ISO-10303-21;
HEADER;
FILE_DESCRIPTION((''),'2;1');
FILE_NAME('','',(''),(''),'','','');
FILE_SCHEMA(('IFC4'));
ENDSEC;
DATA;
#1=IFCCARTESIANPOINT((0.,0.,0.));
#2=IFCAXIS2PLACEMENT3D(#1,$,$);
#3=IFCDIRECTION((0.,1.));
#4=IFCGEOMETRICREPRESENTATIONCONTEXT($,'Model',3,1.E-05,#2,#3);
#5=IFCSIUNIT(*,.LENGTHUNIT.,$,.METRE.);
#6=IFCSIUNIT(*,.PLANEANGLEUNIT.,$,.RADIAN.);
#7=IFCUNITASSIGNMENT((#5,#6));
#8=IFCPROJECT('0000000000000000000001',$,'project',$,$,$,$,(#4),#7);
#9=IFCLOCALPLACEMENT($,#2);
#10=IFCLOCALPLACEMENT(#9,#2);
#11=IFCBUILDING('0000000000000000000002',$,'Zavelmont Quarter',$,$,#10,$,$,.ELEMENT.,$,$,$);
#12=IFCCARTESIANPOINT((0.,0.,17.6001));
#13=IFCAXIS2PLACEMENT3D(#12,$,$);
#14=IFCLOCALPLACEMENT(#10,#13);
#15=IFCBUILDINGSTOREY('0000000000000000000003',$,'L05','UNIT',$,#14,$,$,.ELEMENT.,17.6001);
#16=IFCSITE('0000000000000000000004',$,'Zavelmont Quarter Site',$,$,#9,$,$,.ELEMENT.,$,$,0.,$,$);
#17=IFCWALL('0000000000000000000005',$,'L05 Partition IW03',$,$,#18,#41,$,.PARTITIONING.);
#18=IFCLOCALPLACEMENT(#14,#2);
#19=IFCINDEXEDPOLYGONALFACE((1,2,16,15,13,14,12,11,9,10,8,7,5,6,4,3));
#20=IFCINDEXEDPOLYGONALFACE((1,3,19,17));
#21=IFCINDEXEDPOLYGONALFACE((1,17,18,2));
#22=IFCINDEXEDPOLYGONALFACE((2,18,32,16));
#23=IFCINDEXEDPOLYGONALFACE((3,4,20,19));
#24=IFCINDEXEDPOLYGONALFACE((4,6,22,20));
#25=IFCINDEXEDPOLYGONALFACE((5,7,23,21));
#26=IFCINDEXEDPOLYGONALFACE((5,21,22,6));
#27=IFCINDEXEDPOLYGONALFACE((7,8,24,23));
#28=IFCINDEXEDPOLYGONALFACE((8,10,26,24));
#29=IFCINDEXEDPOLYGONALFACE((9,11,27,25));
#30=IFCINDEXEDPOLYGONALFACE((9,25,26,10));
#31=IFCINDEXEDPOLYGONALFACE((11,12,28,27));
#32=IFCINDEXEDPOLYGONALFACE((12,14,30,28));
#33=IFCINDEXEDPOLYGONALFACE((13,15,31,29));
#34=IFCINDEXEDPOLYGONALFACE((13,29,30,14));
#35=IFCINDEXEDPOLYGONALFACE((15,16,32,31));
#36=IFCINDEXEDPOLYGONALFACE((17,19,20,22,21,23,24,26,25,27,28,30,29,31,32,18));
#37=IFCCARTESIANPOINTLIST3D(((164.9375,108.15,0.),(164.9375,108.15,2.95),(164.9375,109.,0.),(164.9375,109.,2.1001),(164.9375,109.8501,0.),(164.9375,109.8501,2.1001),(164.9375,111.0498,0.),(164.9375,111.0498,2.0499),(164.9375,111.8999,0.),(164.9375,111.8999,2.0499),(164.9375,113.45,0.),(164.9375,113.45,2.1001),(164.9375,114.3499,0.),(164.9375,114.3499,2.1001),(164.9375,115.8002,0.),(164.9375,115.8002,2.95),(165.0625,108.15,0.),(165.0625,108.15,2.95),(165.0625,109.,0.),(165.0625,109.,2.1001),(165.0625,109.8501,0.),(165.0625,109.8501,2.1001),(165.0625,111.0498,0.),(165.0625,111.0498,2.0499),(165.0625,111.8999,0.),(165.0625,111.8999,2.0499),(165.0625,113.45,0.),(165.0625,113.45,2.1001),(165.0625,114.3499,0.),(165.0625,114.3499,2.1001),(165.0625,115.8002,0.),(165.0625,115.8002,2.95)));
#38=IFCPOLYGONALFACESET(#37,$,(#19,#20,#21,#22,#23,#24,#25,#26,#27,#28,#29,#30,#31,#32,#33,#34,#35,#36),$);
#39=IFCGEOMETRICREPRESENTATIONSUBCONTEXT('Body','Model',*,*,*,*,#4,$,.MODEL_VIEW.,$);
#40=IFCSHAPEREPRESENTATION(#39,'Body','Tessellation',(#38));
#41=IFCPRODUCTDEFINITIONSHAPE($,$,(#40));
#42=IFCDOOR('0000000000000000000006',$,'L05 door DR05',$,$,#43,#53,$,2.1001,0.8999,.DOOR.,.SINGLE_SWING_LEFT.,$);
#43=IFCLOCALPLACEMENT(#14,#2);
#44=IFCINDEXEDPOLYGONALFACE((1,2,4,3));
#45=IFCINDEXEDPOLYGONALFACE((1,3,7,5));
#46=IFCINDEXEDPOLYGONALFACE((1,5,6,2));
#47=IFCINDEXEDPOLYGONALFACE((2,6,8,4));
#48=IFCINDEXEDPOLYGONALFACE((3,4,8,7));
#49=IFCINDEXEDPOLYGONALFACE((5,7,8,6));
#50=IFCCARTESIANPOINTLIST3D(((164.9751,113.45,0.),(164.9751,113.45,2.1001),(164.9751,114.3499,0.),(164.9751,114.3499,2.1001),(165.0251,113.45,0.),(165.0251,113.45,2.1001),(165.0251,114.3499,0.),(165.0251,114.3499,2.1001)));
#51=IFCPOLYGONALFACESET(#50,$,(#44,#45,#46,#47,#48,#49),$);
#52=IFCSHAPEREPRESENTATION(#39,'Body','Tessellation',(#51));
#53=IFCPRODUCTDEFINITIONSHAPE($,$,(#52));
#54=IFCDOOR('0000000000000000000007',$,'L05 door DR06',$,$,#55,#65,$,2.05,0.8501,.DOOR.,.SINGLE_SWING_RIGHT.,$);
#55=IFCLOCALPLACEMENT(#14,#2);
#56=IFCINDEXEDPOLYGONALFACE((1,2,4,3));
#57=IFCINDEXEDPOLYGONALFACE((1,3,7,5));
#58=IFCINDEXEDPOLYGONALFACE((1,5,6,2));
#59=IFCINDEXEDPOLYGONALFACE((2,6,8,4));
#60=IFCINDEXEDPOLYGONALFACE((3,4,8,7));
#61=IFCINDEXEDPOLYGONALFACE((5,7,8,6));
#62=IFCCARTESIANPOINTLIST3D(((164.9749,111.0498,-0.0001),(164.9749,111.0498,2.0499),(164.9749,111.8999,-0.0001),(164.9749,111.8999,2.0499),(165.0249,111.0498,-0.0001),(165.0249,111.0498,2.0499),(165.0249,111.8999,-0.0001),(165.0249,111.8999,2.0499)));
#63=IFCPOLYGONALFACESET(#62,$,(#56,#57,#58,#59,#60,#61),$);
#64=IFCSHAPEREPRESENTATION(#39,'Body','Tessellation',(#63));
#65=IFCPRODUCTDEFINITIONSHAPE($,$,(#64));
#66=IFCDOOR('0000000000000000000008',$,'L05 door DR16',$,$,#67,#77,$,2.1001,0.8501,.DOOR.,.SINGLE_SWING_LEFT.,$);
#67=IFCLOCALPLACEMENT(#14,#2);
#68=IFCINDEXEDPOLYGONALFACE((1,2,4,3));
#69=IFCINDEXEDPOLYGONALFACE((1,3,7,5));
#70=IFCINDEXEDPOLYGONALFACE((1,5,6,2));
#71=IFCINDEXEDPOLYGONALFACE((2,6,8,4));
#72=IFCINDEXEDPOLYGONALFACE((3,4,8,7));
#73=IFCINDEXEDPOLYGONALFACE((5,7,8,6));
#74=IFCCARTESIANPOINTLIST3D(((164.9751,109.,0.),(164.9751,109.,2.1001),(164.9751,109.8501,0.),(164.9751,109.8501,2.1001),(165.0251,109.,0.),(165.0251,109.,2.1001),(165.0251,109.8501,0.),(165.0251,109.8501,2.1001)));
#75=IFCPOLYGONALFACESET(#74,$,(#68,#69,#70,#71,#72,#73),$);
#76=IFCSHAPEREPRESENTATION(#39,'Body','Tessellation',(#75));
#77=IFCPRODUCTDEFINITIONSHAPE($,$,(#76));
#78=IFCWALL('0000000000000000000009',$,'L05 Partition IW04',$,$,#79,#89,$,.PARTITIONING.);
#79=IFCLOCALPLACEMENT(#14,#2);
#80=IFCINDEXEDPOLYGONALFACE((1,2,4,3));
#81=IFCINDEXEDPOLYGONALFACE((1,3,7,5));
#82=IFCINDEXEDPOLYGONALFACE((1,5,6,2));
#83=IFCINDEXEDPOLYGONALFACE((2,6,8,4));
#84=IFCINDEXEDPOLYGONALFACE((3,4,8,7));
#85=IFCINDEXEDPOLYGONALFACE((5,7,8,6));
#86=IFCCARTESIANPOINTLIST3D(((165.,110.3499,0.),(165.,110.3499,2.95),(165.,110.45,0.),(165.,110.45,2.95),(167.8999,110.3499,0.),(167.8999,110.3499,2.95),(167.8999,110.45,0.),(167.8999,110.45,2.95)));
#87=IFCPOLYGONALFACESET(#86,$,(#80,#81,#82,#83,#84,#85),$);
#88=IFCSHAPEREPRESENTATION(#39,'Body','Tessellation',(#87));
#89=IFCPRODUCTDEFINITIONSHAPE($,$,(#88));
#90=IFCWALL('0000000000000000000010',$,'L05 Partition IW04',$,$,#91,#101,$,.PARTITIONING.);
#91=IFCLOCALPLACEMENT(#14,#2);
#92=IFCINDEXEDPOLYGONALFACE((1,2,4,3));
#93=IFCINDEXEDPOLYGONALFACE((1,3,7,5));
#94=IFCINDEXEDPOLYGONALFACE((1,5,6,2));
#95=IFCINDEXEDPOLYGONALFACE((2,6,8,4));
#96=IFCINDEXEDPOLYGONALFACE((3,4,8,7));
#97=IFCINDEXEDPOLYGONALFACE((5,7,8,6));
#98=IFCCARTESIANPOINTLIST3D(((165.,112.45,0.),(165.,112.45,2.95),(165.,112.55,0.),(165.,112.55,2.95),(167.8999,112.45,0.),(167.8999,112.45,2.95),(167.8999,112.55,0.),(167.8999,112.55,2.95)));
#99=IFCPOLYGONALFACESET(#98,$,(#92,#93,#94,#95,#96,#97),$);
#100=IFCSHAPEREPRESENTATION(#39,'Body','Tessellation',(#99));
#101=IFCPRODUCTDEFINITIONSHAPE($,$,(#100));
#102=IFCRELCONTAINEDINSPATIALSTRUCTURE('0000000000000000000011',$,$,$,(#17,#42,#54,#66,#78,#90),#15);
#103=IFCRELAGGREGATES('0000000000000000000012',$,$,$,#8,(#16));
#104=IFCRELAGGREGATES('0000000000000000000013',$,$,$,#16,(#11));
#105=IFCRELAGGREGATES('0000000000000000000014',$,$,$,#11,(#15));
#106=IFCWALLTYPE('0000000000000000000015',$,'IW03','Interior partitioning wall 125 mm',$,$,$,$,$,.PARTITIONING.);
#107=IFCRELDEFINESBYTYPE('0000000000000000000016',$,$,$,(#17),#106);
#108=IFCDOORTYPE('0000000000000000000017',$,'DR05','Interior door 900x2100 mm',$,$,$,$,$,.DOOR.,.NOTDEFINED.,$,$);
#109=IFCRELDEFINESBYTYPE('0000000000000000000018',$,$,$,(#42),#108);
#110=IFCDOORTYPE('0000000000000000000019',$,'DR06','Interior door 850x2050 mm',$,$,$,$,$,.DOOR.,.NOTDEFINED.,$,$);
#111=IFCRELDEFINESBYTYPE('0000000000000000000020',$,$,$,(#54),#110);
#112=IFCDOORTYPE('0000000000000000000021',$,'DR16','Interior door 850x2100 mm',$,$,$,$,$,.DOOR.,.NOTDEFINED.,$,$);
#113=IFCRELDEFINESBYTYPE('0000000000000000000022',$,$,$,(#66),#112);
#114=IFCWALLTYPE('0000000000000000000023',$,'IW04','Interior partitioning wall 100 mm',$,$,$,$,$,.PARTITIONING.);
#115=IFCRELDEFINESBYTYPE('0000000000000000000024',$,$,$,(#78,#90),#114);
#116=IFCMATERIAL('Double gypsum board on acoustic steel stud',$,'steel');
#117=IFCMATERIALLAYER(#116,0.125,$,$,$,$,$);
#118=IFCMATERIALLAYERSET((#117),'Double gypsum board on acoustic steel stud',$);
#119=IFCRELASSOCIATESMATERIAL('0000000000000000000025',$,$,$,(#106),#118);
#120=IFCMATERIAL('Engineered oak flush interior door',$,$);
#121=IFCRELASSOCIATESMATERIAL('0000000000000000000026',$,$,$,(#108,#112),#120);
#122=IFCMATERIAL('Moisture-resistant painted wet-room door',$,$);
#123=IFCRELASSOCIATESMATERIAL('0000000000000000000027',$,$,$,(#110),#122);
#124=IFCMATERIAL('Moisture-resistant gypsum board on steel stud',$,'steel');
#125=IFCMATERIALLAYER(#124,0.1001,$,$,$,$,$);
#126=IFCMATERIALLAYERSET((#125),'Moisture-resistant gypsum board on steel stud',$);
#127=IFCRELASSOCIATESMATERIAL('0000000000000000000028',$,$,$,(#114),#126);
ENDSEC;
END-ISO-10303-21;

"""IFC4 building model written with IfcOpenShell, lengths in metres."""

from ifc_helpers import new_model, si_unit, direction, frame, frame_2d, origin, origin_with_axes, place, context, subcontext, project, spatial, rectangle, extrude, material, layer, layer_set, type_object, element, fill, save


model = new_model("IFC4")

# Units and contexts
model_context = context("Model", 3, precision=1e-05, world=origin(), true_north=direction((0.0, 1.0)))
body_context = subcontext(model_context, "Body", "Model", "MODEL_VIEW")
ifc_project = project(units=[si_unit("LENGTHUNIT", "METRE"), si_unit("PLANEANGLEUNIT", "RADIAN")], contexts=[model_context])

# Site, building, storey
site_placement = place(None, origin())
site = spatial("IfcSite", under=ifc_project, at=site_placement, Name="Zavelmont Quarter Site", CompositionType="ELEMENT", RefElevation=0.0)
building_placement = place(site_placement, origin())
building = spatial("IfcBuilding", under=site, at=building_placement, Name="Zavelmont Quarter", CompositionType="ELEMENT")
storey_placement = place(building_placement, frame((0.0, 0.0, 17.6001)))
storey = spatial("IfcBuildingStorey", under=building, at=storey_placement, Name="L05", Description="UNIT", CompositionType="ELEMENT", Elevation=17.6001)

# Wall, openings, doors
ifc_material_1 = material(Name="Double gypsum board on acoustic steel stud", Category="steel")
ifc_layer_1 = layer(ifc_material_1, 0.125)
ifc_layer_set_1 = layer_set([ifc_layer_1], Name="Double gypsum board on acoustic steel stud")
wall_type_1 = type_object("IfcWallType", Name="IW03", Description="Interior partitioning wall 125 mm", PredefinedType="PARTITIONING", material=ifc_layer_set_1)
wall_1_placement = place(storey_placement, frame((165.0, 108.1499, 0.0), z_axis=(0.0, 0.0, 1.0), x_axis=(0.0, 1.0, 0.0)))
wall_1 = element("IfcWall", 1, at=wall_1_placement, inside=storey, type_object=wall_type_1, Name="L05 Partition IW03", PredefinedType="PARTITIONING", context=body_context, shape_type="SweptSolid", body=[
    extrude(rectangle(XDim=7.6501, YDim=0.125, at=frame_2d((3.8252, 0.0))), origin(), (0.0, 0.0, 1.0), 2.95),
])
opening_1_placement = place(wall_1_placement, frame((0.8501, 0.0, 0.0)))
opening_1 = element("IfcOpeningElement", 2, at=opening_1_placement, cuts=wall_1, PredefinedType="OPENING", context=body_context, shape_type="SweptSolid", body=[
    extrude(rectangle(XDim=0.8501, YDim=2.1001, at=frame_2d((0.425, 1.05))), frame((0.0, 0.0745, 0.0), z_axis=(0.0, -1.0, 0.0), x_axis=(1.0, 0.0, 0.0)), (0.0, 0.0, 1.0), 0.1489),
])
opening_2_placement = place(wall_1_placement, frame((2.8999, 0.0, 0.0)))
opening_2 = element("IfcOpeningElement", 3, at=opening_2_placement, cuts=wall_1, PredefinedType="OPENING", context=body_context, shape_type="SweptSolid", body=[
    extrude(rectangle(XDim=0.8501, YDim=2.05, at=frame_2d((0.425, 1.0249))), frame((0.0, 0.0745, 0.0), z_axis=(0.0, -1.0, 0.0), x_axis=(1.0, 0.0, 0.0)), (0.0, 0.0, 1.0), 0.1489),
])
opening_3_placement = place(wall_1_placement, frame((5.3, 0.0, 0.0)))
opening_3 = element("IfcOpeningElement", 4, at=opening_3_placement, cuts=wall_1, PredefinedType="OPENING", context=body_context, shape_type="SweptSolid", body=[
    extrude(rectangle(XDim=0.8999, YDim=2.1001, at=frame_2d((0.45, 1.05))), frame((0.0, 0.0745, 0.0), z_axis=(0.0, -1.0, 0.0), x_axis=(1.0, 0.0, 0.0)), (0.0, 0.0, 1.0), 0.1489),
])
ifc_material_2 = material(Name="Engineered oak flush interior door")
door_type_1 = type_object("IfcDoorType", Name="DR05", Description="Interior door 900x2100 mm", OperationType="NOTDEFINED", PredefinedType="DOOR", material=ifc_material_2)
door_1_placement = place(opening_3_placement, origin_with_axes())
door_1 = element("IfcDoor", 5, at=door_1_placement, inside=storey, type_object=door_type_1, Name="L05 door DR05", OperationType="SINGLE_SWING_LEFT", OverallHeight=2.1001, OverallWidth=0.8999, PredefinedType="DOOR", context=body_context, shape_type="SweptSolid", body=[
    extrude(rectangle(XDim=0.8999, YDim=2.1001, at=frame_2d((0.45, 1.05))), frame((0.0, 0.0249, 0.0), z_axis=(0.0, -1.0, 0.0), x_axis=(1.0, 0.0, 0.0)), (0.0, 0.0, 1.0), 0.05),
])
fill(opening_3, door_1)
ifc_material_3 = material(Name="Moisture-resistant painted wet-room door")
door_type_2 = type_object("IfcDoorType", Name="DR06", Description="Interior door 850x2050 mm", OperationType="NOTDEFINED", PredefinedType="DOOR", material=ifc_material_3)
door_2_placement = place(opening_2_placement, frame((0.8501, 0.0, 0.0), z_axis=(0.0, 0.0, 1.0), x_axis=(-1.0, 0.0, 0.0)))
door_2 = element("IfcDoor", 6, at=door_2_placement, inside=storey, type_object=door_type_2, Name="L05 door DR06", OperationType="SINGLE_SWING_RIGHT", OverallHeight=2.05, OverallWidth=0.8501, PredefinedType="DOOR", context=body_context, shape_type="SweptSolid", body=[
    extrude(rectangle(XDim=0.8501, YDim=2.05, at=frame_2d((0.425, 1.0249))), frame((0.0, 0.0249, 0.0), z_axis=(0.0, -1.0, 0.0), x_axis=(1.0, 0.0, 0.0)), (0.0, 0.0, 1.0), 0.05),
])
fill(opening_2, door_2)
door_type_3 = type_object("IfcDoorType", Name="DR16", Description="Interior door 850x2100 mm", OperationType="NOTDEFINED", PredefinedType="DOOR", material=ifc_material_2)
door_3_placement = place(opening_1_placement, origin_with_axes())
door_3 = element("IfcDoor", 7, at=door_3_placement, inside=storey, type_object=door_type_3, Name="L05 door DR16", OperationType="SINGLE_SWING_LEFT", OverallHeight=2.1001, OverallWidth=0.8501, PredefinedType="DOOR", context=body_context, shape_type="SweptSolid", body=[
    extrude(rectangle(XDim=0.8501, YDim=2.1001, at=frame_2d((0.425, 1.05))), frame((0.0, 0.0249, 0.0), z_axis=(0.0, -1.0, 0.0), x_axis=(1.0, 0.0, 0.0)), (0.0, 0.0, 1.0), 0.05),
])
fill(opening_1, door_3)

# Walls
ifc_material_4 = material(Name="Moisture-resistant gypsum board on steel stud", Category="steel")
ifc_layer_2 = layer(ifc_material_4, 0.1001)
ifc_layer_set_2 = layer_set([ifc_layer_2], Name="Moisture-resistant gypsum board on steel stud")
wall_type_2 = type_object("IfcWallType", Name="IW04", Description="Interior partitioning wall 100 mm", PredefinedType="PARTITIONING", material=ifc_layer_set_2)
for number, where, z_axis, x_axis, name in (
    (8, (165.0, 110.3999, 0.0), (0.0, 0.0, 1.0), (1.0, 0.0, 0.0), "L05 Partition IW04"),
    (9, (165.0, 112.5, 0.0), (0.0, 0.0, 1.0), (1.0, 0.0, 0.0), "L05 Partition IW04"),
):
    element("IfcWall", number, at=place(storey_placement, frame(where, z_axis=z_axis, x_axis=x_axis)), inside=storey, type_object=wall_type_2, Name=name, PredefinedType="PARTITIONING", context=body_context, shape_type="SweptSolid", body=[
        extrude(rectangle(XDim=2.8999, YDim=0.1001, at=frame_2d((1.45, 0.0))), origin(), (0.0, 0.0, 1.0), 2.95),
    ])

save(model, "model.ifc")
